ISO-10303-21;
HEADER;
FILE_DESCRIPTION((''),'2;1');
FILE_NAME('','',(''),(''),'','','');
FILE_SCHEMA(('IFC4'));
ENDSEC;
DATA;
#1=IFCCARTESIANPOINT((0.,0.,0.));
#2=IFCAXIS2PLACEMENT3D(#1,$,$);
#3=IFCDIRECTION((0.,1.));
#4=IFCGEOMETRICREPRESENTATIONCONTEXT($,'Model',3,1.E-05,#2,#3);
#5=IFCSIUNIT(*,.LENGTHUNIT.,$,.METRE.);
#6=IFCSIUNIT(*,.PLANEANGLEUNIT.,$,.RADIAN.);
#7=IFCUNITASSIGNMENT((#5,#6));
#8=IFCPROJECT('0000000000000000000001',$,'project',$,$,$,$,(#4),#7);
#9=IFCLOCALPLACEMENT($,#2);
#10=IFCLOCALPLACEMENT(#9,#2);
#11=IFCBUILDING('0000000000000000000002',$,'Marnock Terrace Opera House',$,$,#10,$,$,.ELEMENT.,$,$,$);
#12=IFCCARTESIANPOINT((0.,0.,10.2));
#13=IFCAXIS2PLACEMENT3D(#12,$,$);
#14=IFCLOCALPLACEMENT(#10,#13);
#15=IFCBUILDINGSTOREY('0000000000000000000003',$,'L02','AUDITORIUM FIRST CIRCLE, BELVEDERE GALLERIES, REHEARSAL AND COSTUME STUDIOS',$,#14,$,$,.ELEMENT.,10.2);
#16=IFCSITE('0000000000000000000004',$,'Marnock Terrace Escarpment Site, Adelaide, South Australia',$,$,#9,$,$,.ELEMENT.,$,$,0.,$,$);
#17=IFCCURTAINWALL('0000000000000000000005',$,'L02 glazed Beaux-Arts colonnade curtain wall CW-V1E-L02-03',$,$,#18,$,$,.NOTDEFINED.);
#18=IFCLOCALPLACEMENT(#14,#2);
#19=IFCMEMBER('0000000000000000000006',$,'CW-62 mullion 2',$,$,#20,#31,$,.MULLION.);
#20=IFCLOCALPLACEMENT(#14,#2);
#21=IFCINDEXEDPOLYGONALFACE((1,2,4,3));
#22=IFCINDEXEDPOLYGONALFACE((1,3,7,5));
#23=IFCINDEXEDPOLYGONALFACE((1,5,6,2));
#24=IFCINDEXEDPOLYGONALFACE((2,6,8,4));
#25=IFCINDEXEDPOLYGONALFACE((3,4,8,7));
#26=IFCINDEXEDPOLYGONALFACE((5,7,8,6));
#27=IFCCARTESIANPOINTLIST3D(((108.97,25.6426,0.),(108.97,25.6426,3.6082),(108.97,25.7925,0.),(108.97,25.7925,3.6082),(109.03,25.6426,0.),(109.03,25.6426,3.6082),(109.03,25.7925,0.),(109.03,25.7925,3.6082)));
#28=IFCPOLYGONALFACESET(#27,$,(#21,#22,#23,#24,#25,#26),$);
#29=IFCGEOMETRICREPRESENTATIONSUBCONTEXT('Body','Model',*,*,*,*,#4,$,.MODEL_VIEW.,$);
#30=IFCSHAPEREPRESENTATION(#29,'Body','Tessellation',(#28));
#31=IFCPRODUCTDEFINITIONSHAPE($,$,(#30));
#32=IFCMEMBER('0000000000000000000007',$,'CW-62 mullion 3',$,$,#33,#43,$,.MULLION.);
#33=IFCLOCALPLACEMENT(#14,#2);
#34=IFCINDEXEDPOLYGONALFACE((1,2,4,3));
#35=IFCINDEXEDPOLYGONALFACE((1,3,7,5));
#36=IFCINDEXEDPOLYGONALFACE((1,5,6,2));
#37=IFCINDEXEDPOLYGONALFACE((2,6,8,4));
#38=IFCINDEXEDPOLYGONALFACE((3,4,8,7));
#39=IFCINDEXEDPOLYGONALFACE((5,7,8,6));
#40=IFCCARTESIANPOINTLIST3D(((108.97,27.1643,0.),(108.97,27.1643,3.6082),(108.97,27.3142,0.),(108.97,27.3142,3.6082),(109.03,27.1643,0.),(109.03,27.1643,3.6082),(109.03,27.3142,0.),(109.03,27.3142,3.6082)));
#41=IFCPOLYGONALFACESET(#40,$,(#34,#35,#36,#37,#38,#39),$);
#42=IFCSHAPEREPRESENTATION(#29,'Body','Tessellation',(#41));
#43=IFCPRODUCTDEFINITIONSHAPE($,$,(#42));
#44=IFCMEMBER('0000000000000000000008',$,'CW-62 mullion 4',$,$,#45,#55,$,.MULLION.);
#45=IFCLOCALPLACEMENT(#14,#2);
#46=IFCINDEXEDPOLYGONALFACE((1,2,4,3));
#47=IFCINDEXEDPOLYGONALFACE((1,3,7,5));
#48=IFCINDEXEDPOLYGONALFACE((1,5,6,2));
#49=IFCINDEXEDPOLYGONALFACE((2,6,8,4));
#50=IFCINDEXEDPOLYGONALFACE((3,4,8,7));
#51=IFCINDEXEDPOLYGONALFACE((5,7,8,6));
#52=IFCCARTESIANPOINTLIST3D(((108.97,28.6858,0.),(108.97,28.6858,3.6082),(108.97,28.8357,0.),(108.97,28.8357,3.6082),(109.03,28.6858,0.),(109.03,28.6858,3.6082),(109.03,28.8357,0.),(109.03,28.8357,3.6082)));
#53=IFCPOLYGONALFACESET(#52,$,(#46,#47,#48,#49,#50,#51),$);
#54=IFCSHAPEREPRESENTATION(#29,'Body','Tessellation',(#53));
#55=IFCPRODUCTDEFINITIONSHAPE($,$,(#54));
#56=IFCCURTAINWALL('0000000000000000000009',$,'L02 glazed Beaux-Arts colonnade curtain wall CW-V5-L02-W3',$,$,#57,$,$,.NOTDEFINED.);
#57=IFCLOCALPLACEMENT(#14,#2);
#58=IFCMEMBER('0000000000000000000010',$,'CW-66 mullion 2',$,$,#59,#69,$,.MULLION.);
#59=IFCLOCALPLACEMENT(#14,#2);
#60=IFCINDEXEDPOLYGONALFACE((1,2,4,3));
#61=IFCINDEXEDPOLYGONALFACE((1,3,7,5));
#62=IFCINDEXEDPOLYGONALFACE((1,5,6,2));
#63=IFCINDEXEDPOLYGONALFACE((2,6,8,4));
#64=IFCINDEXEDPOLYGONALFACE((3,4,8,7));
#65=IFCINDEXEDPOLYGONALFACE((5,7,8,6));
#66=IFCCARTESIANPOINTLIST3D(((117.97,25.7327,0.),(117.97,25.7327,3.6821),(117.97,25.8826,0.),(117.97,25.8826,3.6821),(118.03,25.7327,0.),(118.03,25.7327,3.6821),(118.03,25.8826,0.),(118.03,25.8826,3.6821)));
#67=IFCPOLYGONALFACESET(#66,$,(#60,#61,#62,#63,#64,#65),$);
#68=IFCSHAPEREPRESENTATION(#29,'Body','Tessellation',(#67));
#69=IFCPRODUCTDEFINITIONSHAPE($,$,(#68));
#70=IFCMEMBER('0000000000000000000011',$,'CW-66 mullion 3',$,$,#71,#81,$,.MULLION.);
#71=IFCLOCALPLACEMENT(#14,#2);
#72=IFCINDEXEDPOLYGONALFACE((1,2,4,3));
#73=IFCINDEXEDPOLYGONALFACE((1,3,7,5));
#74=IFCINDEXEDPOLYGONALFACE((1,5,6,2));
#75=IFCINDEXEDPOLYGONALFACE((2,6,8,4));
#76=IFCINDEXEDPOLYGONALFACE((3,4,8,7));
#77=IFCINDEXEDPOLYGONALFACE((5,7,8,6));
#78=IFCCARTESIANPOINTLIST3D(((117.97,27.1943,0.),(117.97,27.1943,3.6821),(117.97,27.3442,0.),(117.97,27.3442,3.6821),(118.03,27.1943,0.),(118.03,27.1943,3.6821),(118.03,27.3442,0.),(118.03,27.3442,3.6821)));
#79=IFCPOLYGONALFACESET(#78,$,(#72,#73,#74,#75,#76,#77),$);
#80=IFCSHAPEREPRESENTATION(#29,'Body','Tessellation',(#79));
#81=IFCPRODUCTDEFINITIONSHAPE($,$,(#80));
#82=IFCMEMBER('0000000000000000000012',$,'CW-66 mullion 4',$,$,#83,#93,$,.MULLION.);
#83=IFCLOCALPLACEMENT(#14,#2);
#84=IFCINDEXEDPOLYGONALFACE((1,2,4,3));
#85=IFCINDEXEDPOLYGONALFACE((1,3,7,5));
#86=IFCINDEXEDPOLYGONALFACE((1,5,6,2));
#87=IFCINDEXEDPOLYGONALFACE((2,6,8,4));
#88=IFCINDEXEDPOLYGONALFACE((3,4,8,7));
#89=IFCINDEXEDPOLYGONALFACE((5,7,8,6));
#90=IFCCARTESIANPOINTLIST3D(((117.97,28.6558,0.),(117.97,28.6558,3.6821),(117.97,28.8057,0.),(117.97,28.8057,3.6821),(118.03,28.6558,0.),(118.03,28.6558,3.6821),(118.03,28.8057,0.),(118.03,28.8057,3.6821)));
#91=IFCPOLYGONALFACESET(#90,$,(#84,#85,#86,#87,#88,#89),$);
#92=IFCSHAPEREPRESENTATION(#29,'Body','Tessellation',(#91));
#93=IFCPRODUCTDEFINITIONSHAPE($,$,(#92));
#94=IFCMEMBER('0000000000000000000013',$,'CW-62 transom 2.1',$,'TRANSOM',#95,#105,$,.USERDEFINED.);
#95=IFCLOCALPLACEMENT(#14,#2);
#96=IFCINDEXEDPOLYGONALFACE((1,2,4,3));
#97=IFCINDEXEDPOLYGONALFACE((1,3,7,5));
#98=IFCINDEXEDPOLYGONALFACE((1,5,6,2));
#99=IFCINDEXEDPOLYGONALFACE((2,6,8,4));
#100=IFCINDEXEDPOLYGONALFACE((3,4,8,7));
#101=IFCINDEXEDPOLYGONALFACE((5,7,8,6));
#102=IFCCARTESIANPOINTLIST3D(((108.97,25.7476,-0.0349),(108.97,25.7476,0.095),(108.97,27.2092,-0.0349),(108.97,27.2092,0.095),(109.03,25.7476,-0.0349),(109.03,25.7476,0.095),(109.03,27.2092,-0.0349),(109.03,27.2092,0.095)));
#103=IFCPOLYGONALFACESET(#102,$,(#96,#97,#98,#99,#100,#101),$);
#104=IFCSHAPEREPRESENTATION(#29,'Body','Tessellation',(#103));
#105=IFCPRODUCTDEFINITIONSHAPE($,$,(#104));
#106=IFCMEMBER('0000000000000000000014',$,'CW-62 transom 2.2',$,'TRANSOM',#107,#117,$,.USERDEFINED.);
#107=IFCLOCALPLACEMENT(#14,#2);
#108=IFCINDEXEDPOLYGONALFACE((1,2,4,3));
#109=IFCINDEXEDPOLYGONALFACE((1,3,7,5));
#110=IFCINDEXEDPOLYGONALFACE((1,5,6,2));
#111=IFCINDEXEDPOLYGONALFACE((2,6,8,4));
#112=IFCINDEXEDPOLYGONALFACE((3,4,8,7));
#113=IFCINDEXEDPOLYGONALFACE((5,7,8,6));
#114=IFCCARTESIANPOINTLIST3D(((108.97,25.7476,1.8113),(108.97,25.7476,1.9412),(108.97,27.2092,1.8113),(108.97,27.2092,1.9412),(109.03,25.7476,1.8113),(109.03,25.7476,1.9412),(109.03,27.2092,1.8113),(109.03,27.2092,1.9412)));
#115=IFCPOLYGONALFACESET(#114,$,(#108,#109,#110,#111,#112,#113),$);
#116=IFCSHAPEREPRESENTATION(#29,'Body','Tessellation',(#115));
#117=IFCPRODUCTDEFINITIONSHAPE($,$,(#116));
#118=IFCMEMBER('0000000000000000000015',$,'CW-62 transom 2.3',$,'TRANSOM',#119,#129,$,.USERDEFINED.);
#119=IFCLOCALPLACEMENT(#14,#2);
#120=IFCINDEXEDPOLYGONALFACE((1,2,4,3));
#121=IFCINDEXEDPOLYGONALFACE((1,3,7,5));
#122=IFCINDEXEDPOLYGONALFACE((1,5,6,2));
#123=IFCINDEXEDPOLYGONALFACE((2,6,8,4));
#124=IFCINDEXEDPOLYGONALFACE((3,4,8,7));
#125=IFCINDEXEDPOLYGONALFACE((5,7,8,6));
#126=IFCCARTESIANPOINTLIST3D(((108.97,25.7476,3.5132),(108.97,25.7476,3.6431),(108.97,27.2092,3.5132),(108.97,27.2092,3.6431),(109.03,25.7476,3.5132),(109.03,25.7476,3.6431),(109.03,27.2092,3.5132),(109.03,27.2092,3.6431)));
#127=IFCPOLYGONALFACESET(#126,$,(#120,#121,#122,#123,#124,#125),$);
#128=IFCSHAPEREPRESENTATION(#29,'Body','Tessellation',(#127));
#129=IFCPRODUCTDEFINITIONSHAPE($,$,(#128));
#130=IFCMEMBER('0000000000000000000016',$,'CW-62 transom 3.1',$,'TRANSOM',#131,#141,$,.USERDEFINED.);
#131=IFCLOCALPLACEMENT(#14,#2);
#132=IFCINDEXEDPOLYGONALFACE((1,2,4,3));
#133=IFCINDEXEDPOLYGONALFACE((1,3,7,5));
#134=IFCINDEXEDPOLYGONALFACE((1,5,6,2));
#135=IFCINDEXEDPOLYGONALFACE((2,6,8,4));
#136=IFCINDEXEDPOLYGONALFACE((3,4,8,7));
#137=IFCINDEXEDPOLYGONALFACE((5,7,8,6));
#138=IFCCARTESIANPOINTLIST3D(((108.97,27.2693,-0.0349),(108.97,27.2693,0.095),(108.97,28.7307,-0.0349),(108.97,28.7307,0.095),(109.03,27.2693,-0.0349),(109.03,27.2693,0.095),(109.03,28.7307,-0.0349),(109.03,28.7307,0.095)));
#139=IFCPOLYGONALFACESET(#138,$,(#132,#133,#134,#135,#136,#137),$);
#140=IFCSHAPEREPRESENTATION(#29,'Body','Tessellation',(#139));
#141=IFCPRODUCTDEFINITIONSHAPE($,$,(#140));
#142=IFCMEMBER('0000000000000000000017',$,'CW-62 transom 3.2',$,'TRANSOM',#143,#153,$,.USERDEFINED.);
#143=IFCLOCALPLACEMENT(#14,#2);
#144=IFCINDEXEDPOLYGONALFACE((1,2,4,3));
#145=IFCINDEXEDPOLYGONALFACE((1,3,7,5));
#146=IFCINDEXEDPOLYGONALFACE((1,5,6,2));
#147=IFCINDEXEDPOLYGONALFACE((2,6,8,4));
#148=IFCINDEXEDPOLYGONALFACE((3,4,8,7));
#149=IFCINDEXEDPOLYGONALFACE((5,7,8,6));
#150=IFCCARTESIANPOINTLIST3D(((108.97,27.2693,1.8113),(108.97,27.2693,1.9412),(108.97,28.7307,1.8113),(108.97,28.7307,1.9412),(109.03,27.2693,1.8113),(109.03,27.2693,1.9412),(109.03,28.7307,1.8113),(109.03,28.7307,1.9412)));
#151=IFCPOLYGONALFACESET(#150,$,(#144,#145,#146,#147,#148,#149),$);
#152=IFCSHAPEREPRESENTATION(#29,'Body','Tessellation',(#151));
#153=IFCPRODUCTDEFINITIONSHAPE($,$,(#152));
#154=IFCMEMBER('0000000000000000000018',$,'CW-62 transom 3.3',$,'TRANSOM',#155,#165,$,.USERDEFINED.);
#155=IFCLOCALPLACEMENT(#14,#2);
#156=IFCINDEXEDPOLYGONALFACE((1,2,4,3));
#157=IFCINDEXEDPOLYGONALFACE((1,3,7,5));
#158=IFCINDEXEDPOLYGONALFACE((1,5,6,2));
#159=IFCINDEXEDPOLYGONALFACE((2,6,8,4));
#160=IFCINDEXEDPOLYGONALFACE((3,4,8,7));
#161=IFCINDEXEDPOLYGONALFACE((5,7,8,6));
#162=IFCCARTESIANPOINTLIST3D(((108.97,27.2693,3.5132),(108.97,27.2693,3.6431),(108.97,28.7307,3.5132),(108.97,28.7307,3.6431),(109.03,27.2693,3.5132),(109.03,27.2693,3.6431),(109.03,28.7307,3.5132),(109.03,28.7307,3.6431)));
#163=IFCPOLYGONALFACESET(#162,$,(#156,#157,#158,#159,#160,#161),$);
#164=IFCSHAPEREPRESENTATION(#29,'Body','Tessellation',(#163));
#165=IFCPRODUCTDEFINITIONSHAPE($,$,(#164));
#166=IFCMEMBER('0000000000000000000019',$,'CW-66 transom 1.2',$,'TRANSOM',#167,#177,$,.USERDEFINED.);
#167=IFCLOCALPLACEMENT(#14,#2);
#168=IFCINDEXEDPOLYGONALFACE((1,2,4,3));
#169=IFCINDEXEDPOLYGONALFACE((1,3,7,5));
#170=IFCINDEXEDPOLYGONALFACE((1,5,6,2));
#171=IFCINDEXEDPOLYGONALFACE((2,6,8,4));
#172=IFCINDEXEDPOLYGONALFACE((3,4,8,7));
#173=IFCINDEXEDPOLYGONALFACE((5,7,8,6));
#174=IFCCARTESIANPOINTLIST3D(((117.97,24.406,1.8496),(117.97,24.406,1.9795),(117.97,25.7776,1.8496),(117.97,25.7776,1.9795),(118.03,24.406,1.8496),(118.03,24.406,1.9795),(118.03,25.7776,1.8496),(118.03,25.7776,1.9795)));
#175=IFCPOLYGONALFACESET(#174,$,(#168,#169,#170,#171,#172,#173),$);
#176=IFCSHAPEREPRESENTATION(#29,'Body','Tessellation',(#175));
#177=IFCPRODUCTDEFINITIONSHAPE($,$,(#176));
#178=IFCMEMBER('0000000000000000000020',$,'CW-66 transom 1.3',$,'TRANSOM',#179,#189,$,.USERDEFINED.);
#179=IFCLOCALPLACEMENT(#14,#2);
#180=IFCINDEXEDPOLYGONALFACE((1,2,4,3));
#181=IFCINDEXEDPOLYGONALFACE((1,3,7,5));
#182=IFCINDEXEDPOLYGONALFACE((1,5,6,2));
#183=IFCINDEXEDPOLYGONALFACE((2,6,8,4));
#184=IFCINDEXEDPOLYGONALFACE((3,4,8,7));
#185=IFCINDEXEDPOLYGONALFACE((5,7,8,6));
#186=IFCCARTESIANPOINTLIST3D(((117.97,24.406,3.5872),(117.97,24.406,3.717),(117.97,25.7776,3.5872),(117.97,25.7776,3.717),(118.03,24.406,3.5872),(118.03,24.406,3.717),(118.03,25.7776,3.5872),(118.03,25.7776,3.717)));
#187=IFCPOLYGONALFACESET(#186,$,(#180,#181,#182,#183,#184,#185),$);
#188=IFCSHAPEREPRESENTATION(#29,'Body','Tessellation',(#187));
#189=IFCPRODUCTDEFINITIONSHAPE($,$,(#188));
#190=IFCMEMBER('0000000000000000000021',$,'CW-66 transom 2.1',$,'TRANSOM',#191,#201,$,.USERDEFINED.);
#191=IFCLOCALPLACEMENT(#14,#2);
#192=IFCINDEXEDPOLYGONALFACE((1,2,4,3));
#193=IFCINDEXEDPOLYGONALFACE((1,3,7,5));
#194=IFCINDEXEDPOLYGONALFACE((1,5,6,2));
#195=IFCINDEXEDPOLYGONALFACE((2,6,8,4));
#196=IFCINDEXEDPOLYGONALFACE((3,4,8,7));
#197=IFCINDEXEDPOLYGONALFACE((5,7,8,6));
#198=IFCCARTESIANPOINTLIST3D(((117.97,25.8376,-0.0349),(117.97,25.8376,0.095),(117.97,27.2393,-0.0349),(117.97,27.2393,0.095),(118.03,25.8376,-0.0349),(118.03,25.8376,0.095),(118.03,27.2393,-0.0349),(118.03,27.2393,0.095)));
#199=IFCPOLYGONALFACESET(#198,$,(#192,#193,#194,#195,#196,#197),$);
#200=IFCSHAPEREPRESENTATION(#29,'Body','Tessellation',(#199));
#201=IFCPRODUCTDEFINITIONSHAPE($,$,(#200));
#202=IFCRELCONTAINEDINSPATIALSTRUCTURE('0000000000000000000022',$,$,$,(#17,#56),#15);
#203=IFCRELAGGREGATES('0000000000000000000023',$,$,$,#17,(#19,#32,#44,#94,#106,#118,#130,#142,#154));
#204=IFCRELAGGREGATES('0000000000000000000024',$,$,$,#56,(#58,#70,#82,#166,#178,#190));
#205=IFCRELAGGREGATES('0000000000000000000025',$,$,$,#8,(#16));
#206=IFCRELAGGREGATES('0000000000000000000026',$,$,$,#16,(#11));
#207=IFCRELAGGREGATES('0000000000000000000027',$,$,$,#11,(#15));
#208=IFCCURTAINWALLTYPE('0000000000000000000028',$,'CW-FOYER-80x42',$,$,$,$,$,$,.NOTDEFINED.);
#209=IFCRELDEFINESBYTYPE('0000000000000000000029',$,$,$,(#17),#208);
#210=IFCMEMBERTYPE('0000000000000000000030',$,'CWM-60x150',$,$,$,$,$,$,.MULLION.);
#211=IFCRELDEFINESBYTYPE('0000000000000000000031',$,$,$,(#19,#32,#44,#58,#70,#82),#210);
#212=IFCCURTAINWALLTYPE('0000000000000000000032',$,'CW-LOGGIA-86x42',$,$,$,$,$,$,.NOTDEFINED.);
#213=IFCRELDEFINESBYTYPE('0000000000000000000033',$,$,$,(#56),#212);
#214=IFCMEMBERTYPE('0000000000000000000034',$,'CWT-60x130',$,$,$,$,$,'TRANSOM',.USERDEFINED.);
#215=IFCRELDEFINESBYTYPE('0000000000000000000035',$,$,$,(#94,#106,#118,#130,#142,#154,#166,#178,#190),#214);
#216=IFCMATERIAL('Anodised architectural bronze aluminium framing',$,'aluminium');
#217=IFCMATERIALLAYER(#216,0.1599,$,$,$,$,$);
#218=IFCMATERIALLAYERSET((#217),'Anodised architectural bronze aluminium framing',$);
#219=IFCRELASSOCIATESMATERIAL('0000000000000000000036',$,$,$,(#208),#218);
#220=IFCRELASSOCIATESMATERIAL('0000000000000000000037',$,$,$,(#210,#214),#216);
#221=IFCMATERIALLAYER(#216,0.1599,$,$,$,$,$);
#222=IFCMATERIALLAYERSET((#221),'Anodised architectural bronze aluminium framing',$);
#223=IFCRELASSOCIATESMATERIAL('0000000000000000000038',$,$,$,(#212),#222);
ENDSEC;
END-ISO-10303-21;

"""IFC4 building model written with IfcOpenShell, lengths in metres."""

from ifc_helpers import new_model, si_unit, direction, frame, origin, origin_2d, place, context, subcontext, project, spatial, rectangle, extrude, material, layer, layer_set, material_profile, profile_set, type_object, element, aggregate, save


model = new_model("IFC4")

# Units and contexts
model_context = context("Model", 3, precision=1e-05, world=origin(), true_north=direction((0.0, 1.0)))
body_context = subcontext(model_context, "Body", "Model", "MODEL_VIEW")
ifc_project = project(units=[si_unit("LENGTHUNIT", "METRE"), si_unit("PLANEANGLEUNIT", "RADIAN")], contexts=[model_context])

# Site, building, storey
site_placement = place(None, origin())
site = spatial("IfcSite", under=ifc_project, at=site_placement, Name="Marnock Terrace Escarpment Site, Adelaide, South Australia", CompositionType="ELEMENT", RefElevation=0.0)
building_placement = place(site_placement, origin())
building = spatial("IfcBuilding", under=site, at=building_placement, Name="Marnock Terrace Opera House", CompositionType="ELEMENT")
storey_placement = place(building_placement, frame((0.0, 0.0, 10.2)))
storey = spatial("IfcBuildingStorey", under=building, at=storey_placement, Name="L02", Description="AUDITORIUM FIRST CIRCLE, BELVEDERE GALLERIES, REHEARSAL AND COSTUME STUDIOS", CompositionType="ELEMENT", Elevation=10.2)

# Curtain walls, members
ifc_material_1 = material(Name="Anodised architectural bronze aluminium framing", Category="aluminium")
ifc_layer_1 = layer(ifc_material_1, 0.1599)
ifc_layer_set_1 = layer_set([ifc_layer_1], Name="Anodised architectural bronze aluminium framing")
curtain_wall_type_1 = type_object("IfcCurtainWallType", Name="CW-FOYER-80x42", PredefinedType="NOTDEFINED", material=ifc_layer_set_1)
curtain_wall_1_placement = place(storey_placement, origin())
curtain_wall_1 = element("IfcCurtainWall", 1, at=curtain_wall_1_placement, inside=storey, type_object=curtain_wall_type_1, Name="L02 glazed Beaux-Arts colonnade curtain wall CW-V1E-L02-03", PredefinedType="NOTDEFINED")
ifc_material_profile_1 = material_profile(ifc_material_1, rectangle(XDim=0.0601, YDim=0.1499, at=origin_2d()))
ifc_profile_set_1 = profile_set([ifc_material_profile_1], Name="Anodised architectural bronze aluminium framing")
member_type_1 = type_object("IfcMemberType", Name="CWM-60x150", PredefinedType="MULLION", material=ifc_profile_set_1)
member_1_placement = place(storey_placement, frame((109.0, 25.7175, 0.0), z_axis=(0.0, 0.0, 1.0), x_axis=(-1.0, 0.0, 0.0)))
member_1 = element("IfcMember", 2, at=member_1_placement, type_object=member_type_1, Name="CW-62 mullion 2", PredefinedType="MULLION", context=body_context, shape_type="SweptSolid", body=[
    extrude(rectangle(XDim=0.0601, YDim=0.1499, at=origin_2d()), origin(), (0.0, 0.0, 1.0), 3.6082),
])
member_2_placement = place(storey_placement, frame((109.0, 27.2393, 0.0), z_axis=(0.0, 0.0, 1.0), x_axis=(-1.0, 0.0, 0.0)))
member_2 = element("IfcMember", 3, at=member_2_placement, type_object=member_type_1, Name="CW-62 mullion 3", PredefinedType="MULLION", context=body_context, shape_type="SweptSolid", body=[
    extrude(rectangle(XDim=0.0601, YDim=0.1499, at=origin_2d()), origin(), (0.0, 0.0, 1.0), 3.6082),
])
member_3_placement = place(storey_placement, frame((109.0, 28.7607, 0.0), z_axis=(0.0, 0.0, 1.0), x_axis=(-1.0, 0.0, 0.0)))
member_3 = element("IfcMember", 4, at=member_3_placement, type_object=member_type_1, Name="CW-62 mullion 4", PredefinedType="MULLION", context=body_context, shape_type="SweptSolid", body=[
    extrude(rectangle(XDim=0.0601, YDim=0.1499, at=origin_2d()), origin(), (0.0, 0.0, 1.0), 3.6082),
])
ifc_layer_2 = layer(ifc_material_1, 0.1599)
ifc_layer_set_2 = layer_set([ifc_layer_2], Name="Anodised architectural bronze aluminium framing")
curtain_wall_type_2 = type_object("IfcCurtainWallType", Name="CW-LOGGIA-86x42", PredefinedType="NOTDEFINED", material=ifc_layer_set_2)
curtain_wall_2_placement = place(storey_placement, origin())
curtain_wall_2 = element("IfcCurtainWall", 5, at=curtain_wall_2_placement, inside=storey, type_object=curtain_wall_type_2, Name="L02 glazed Beaux-Arts colonnade curtain wall CW-V5-L02-W3", PredefinedType="NOTDEFINED")
member_4_placement = place(storey_placement, frame((118.0, 25.8076, 0.0), z_axis=(0.0, 0.0, 1.0), x_axis=(-1.0, 0.0, 0.0)))
member_4 = element("IfcMember", 6, at=member_4_placement, type_object=member_type_1, Name="CW-66 mullion 2", PredefinedType="MULLION", context=body_context, shape_type="SweptSolid", body=[
    extrude(rectangle(XDim=0.0601, YDim=0.1499, at=origin_2d()), origin(), (0.0, 0.0, 1.0), 3.6821),
])
member_5_placement = place(storey_placement, frame((118.0, 27.2693, 0.0), z_axis=(0.0, 0.0, 1.0), x_axis=(-1.0, 0.0, 0.0)))
member_5 = element("IfcMember", 7, at=member_5_placement, type_object=member_type_1, Name="CW-66 mullion 3", PredefinedType="MULLION", context=body_context, shape_type="SweptSolid", body=[
    extrude(rectangle(XDim=0.0601, YDim=0.1499, at=origin_2d()), origin(), (0.0, 0.0, 1.0), 3.6821),
])
member_6_placement = place(storey_placement, frame((118.0, 28.7307, 0.0), z_axis=(0.0, 0.0, 1.0), x_axis=(-1.0, 0.0, 0.0)))
member_6 = element("IfcMember", 8, at=member_6_placement, type_object=member_type_1, Name="CW-66 mullion 4", PredefinedType="MULLION", context=body_context, shape_type="SweptSolid", body=[
    extrude(rectangle(XDim=0.0601, YDim=0.1499, at=origin_2d()), origin(), (0.0, 0.0, 1.0), 3.6821),
])

# Members
ifc_material_profile_2 = material_profile(ifc_material_1, rectangle(XDim=0.0601, YDim=0.1299, at=origin_2d()))
ifc_profile_set_2 = profile_set([ifc_material_profile_2], Name="Anodised architectural bronze aluminium framing")
member_type_2 = type_object("IfcMemberType", Name="CWT-60x130", ElementType="TRANSOM", PredefinedType="USERDEFINED", material=ifc_profile_set_2)
member_7_placement = place(storey_placement, frame((109.0, 25.7476, 0.03), z_axis=(0.0, 1.0, 0.0), x_axis=(-1.0, 0.0, 0.0)))
member_7 = element("IfcMember", 9, at=member_7_placement, type_object=member_type_2, Name="CW-62 transom 2.1", ObjectType="TRANSOM", PredefinedType="USERDEFINED", context=body_context, shape_type="SweptSolid", body=[
    extrude(rectangle(XDim=0.0601, YDim=0.1299, at=origin_2d()), origin(), (0.0, 0.0, 1.0), 1.4617),
])
member_8_placement = place(storey_placement, frame((109.0, 25.7476, 1.8762), z_axis=(0.0, 1.0, 0.0), x_axis=(-1.0, 0.0, 0.0)))
member_8 = element("IfcMember", 10, at=member_8_placement, type_object=member_type_2, Name="CW-62 transom 2.2", ObjectType="TRANSOM", PredefinedType="USERDEFINED", context=body_context, shape_type="SweptSolid", body=[
    extrude(rectangle(XDim=0.0601, YDim=0.1299, at=origin_2d()), origin(), (0.0, 0.0, 1.0), 1.4617),
])
member_9_placement = place(storey_placement, frame((109.0, 25.7476, 3.5781), z_axis=(0.0, 1.0, 0.0), x_axis=(-1.0, 0.0, 0.0)))
member_9 = element("IfcMember", 11, at=member_9_placement, type_object=member_type_2, Name="CW-62 transom 2.3", ObjectType="TRANSOM", PredefinedType="USERDEFINED", context=body_context, shape_type="SweptSolid", body=[
    extrude(rectangle(XDim=0.0601, YDim=0.1299, at=origin_2d()), origin(), (0.0, 0.0, 1.0), 1.4617),
])
member_10_placement = place(storey_placement, frame((109.0, 27.2693, 0.03), z_axis=(0.0, 1.0, 0.0), x_axis=(-1.0, 0.0, 0.0)))
member_10 = element("IfcMember", 12, at=member_10_placement, type_object=member_type_2, Name="CW-62 transom 3.1", ObjectType="TRANSOM", PredefinedType="USERDEFINED", context=body_context, shape_type="SweptSolid", body=[
    extrude(rectangle(XDim=0.0601, YDim=0.1299, at=origin_2d()), origin(), (0.0, 0.0, 1.0), 1.4614),
])
member_11_placement = place(storey_placement, frame((109.0, 27.2693, 1.8762), z_axis=(0.0, 1.0, 0.0), x_axis=(-1.0, 0.0, 0.0)))
member_11 = element("IfcMember", 13, at=member_11_placement, type_object=member_type_2, Name="CW-62 transom 3.2", ObjectType="TRANSOM", PredefinedType="USERDEFINED", context=body_context, shape_type="SweptSolid", body=[
    extrude(rectangle(XDim=0.0601, YDim=0.1299, at=origin_2d()), origin(), (0.0, 0.0, 1.0), 1.4614),
])
member_12_placement = place(storey_placement, frame((109.0, 27.2693, 3.5781), z_axis=(0.0, 1.0, 0.0), x_axis=(-1.0, 0.0, 0.0)))
member_12 = element("IfcMember", 14, at=member_12_placement, type_object=member_type_2, Name="CW-62 transom 3.3", ObjectType="TRANSOM", PredefinedType="USERDEFINED", context=body_context, shape_type="SweptSolid", body=[
    extrude(rectangle(XDim=0.0601, YDim=0.1299, at=origin_2d()), origin(), (0.0, 0.0, 1.0), 1.4614),
])
member_13_placement = place(storey_placement, frame((118.0, 24.406, 1.9146), z_axis=(0.0, 1.0, 0.0), x_axis=(-1.0, 0.0, 0.0)))
member_13 = element("IfcMember", 15, at=member_13_placement, type_object=member_type_2, Name="CW-66 transom 1.2", ObjectType="TRANSOM", PredefinedType="USERDEFINED", context=body_context, shape_type="SweptSolid", body=[
    extrude(rectangle(XDim=0.0601, YDim=0.1299, at=origin_2d()), origin(), (0.0, 0.0, 1.0), 1.3716),
])
member_14_placement = place(storey_placement, frame((118.0, 24.406, 3.6521), z_axis=(0.0, 1.0, 0.0), x_axis=(-1.0, 0.0, 0.0)))
member_14 = element("IfcMember", 16, at=member_14_placement, type_object=member_type_2, Name="CW-66 transom 1.3", ObjectType="TRANSOM", PredefinedType="USERDEFINED", context=body_context, shape_type="SweptSolid", body=[
    extrude(rectangle(XDim=0.0601, YDim=0.1299, at=origin_2d()), origin(), (0.0, 0.0, 1.0), 1.3716),
])
member_15_placement = place(storey_placement, frame((118.0, 25.8376, 0.03), z_axis=(0.0, 1.0, 0.0), x_axis=(-1.0, 0.0, 0.0)))
member_15 = element("IfcMember", 17, at=member_15_placement, type_object=member_type_2, Name="CW-66 transom 2.1", ObjectType="TRANSOM", PredefinedType="USERDEFINED", context=body_context, shape_type="SweptSolid", body=[
    extrude(rectangle(XDim=0.0601, YDim=0.1299, at=origin_2d()), origin(), (0.0, 0.0, 1.0), 1.4016),
])

aggregate(curtain_wall_1, [member_1, member_2, member_3, member_7, member_8, member_9, member_10, member_11, member_12])
aggregate(curtain_wall_2, [member_4, member_5, member_6, member_13, member_14, member_15])

save(model, "model.ifc")
